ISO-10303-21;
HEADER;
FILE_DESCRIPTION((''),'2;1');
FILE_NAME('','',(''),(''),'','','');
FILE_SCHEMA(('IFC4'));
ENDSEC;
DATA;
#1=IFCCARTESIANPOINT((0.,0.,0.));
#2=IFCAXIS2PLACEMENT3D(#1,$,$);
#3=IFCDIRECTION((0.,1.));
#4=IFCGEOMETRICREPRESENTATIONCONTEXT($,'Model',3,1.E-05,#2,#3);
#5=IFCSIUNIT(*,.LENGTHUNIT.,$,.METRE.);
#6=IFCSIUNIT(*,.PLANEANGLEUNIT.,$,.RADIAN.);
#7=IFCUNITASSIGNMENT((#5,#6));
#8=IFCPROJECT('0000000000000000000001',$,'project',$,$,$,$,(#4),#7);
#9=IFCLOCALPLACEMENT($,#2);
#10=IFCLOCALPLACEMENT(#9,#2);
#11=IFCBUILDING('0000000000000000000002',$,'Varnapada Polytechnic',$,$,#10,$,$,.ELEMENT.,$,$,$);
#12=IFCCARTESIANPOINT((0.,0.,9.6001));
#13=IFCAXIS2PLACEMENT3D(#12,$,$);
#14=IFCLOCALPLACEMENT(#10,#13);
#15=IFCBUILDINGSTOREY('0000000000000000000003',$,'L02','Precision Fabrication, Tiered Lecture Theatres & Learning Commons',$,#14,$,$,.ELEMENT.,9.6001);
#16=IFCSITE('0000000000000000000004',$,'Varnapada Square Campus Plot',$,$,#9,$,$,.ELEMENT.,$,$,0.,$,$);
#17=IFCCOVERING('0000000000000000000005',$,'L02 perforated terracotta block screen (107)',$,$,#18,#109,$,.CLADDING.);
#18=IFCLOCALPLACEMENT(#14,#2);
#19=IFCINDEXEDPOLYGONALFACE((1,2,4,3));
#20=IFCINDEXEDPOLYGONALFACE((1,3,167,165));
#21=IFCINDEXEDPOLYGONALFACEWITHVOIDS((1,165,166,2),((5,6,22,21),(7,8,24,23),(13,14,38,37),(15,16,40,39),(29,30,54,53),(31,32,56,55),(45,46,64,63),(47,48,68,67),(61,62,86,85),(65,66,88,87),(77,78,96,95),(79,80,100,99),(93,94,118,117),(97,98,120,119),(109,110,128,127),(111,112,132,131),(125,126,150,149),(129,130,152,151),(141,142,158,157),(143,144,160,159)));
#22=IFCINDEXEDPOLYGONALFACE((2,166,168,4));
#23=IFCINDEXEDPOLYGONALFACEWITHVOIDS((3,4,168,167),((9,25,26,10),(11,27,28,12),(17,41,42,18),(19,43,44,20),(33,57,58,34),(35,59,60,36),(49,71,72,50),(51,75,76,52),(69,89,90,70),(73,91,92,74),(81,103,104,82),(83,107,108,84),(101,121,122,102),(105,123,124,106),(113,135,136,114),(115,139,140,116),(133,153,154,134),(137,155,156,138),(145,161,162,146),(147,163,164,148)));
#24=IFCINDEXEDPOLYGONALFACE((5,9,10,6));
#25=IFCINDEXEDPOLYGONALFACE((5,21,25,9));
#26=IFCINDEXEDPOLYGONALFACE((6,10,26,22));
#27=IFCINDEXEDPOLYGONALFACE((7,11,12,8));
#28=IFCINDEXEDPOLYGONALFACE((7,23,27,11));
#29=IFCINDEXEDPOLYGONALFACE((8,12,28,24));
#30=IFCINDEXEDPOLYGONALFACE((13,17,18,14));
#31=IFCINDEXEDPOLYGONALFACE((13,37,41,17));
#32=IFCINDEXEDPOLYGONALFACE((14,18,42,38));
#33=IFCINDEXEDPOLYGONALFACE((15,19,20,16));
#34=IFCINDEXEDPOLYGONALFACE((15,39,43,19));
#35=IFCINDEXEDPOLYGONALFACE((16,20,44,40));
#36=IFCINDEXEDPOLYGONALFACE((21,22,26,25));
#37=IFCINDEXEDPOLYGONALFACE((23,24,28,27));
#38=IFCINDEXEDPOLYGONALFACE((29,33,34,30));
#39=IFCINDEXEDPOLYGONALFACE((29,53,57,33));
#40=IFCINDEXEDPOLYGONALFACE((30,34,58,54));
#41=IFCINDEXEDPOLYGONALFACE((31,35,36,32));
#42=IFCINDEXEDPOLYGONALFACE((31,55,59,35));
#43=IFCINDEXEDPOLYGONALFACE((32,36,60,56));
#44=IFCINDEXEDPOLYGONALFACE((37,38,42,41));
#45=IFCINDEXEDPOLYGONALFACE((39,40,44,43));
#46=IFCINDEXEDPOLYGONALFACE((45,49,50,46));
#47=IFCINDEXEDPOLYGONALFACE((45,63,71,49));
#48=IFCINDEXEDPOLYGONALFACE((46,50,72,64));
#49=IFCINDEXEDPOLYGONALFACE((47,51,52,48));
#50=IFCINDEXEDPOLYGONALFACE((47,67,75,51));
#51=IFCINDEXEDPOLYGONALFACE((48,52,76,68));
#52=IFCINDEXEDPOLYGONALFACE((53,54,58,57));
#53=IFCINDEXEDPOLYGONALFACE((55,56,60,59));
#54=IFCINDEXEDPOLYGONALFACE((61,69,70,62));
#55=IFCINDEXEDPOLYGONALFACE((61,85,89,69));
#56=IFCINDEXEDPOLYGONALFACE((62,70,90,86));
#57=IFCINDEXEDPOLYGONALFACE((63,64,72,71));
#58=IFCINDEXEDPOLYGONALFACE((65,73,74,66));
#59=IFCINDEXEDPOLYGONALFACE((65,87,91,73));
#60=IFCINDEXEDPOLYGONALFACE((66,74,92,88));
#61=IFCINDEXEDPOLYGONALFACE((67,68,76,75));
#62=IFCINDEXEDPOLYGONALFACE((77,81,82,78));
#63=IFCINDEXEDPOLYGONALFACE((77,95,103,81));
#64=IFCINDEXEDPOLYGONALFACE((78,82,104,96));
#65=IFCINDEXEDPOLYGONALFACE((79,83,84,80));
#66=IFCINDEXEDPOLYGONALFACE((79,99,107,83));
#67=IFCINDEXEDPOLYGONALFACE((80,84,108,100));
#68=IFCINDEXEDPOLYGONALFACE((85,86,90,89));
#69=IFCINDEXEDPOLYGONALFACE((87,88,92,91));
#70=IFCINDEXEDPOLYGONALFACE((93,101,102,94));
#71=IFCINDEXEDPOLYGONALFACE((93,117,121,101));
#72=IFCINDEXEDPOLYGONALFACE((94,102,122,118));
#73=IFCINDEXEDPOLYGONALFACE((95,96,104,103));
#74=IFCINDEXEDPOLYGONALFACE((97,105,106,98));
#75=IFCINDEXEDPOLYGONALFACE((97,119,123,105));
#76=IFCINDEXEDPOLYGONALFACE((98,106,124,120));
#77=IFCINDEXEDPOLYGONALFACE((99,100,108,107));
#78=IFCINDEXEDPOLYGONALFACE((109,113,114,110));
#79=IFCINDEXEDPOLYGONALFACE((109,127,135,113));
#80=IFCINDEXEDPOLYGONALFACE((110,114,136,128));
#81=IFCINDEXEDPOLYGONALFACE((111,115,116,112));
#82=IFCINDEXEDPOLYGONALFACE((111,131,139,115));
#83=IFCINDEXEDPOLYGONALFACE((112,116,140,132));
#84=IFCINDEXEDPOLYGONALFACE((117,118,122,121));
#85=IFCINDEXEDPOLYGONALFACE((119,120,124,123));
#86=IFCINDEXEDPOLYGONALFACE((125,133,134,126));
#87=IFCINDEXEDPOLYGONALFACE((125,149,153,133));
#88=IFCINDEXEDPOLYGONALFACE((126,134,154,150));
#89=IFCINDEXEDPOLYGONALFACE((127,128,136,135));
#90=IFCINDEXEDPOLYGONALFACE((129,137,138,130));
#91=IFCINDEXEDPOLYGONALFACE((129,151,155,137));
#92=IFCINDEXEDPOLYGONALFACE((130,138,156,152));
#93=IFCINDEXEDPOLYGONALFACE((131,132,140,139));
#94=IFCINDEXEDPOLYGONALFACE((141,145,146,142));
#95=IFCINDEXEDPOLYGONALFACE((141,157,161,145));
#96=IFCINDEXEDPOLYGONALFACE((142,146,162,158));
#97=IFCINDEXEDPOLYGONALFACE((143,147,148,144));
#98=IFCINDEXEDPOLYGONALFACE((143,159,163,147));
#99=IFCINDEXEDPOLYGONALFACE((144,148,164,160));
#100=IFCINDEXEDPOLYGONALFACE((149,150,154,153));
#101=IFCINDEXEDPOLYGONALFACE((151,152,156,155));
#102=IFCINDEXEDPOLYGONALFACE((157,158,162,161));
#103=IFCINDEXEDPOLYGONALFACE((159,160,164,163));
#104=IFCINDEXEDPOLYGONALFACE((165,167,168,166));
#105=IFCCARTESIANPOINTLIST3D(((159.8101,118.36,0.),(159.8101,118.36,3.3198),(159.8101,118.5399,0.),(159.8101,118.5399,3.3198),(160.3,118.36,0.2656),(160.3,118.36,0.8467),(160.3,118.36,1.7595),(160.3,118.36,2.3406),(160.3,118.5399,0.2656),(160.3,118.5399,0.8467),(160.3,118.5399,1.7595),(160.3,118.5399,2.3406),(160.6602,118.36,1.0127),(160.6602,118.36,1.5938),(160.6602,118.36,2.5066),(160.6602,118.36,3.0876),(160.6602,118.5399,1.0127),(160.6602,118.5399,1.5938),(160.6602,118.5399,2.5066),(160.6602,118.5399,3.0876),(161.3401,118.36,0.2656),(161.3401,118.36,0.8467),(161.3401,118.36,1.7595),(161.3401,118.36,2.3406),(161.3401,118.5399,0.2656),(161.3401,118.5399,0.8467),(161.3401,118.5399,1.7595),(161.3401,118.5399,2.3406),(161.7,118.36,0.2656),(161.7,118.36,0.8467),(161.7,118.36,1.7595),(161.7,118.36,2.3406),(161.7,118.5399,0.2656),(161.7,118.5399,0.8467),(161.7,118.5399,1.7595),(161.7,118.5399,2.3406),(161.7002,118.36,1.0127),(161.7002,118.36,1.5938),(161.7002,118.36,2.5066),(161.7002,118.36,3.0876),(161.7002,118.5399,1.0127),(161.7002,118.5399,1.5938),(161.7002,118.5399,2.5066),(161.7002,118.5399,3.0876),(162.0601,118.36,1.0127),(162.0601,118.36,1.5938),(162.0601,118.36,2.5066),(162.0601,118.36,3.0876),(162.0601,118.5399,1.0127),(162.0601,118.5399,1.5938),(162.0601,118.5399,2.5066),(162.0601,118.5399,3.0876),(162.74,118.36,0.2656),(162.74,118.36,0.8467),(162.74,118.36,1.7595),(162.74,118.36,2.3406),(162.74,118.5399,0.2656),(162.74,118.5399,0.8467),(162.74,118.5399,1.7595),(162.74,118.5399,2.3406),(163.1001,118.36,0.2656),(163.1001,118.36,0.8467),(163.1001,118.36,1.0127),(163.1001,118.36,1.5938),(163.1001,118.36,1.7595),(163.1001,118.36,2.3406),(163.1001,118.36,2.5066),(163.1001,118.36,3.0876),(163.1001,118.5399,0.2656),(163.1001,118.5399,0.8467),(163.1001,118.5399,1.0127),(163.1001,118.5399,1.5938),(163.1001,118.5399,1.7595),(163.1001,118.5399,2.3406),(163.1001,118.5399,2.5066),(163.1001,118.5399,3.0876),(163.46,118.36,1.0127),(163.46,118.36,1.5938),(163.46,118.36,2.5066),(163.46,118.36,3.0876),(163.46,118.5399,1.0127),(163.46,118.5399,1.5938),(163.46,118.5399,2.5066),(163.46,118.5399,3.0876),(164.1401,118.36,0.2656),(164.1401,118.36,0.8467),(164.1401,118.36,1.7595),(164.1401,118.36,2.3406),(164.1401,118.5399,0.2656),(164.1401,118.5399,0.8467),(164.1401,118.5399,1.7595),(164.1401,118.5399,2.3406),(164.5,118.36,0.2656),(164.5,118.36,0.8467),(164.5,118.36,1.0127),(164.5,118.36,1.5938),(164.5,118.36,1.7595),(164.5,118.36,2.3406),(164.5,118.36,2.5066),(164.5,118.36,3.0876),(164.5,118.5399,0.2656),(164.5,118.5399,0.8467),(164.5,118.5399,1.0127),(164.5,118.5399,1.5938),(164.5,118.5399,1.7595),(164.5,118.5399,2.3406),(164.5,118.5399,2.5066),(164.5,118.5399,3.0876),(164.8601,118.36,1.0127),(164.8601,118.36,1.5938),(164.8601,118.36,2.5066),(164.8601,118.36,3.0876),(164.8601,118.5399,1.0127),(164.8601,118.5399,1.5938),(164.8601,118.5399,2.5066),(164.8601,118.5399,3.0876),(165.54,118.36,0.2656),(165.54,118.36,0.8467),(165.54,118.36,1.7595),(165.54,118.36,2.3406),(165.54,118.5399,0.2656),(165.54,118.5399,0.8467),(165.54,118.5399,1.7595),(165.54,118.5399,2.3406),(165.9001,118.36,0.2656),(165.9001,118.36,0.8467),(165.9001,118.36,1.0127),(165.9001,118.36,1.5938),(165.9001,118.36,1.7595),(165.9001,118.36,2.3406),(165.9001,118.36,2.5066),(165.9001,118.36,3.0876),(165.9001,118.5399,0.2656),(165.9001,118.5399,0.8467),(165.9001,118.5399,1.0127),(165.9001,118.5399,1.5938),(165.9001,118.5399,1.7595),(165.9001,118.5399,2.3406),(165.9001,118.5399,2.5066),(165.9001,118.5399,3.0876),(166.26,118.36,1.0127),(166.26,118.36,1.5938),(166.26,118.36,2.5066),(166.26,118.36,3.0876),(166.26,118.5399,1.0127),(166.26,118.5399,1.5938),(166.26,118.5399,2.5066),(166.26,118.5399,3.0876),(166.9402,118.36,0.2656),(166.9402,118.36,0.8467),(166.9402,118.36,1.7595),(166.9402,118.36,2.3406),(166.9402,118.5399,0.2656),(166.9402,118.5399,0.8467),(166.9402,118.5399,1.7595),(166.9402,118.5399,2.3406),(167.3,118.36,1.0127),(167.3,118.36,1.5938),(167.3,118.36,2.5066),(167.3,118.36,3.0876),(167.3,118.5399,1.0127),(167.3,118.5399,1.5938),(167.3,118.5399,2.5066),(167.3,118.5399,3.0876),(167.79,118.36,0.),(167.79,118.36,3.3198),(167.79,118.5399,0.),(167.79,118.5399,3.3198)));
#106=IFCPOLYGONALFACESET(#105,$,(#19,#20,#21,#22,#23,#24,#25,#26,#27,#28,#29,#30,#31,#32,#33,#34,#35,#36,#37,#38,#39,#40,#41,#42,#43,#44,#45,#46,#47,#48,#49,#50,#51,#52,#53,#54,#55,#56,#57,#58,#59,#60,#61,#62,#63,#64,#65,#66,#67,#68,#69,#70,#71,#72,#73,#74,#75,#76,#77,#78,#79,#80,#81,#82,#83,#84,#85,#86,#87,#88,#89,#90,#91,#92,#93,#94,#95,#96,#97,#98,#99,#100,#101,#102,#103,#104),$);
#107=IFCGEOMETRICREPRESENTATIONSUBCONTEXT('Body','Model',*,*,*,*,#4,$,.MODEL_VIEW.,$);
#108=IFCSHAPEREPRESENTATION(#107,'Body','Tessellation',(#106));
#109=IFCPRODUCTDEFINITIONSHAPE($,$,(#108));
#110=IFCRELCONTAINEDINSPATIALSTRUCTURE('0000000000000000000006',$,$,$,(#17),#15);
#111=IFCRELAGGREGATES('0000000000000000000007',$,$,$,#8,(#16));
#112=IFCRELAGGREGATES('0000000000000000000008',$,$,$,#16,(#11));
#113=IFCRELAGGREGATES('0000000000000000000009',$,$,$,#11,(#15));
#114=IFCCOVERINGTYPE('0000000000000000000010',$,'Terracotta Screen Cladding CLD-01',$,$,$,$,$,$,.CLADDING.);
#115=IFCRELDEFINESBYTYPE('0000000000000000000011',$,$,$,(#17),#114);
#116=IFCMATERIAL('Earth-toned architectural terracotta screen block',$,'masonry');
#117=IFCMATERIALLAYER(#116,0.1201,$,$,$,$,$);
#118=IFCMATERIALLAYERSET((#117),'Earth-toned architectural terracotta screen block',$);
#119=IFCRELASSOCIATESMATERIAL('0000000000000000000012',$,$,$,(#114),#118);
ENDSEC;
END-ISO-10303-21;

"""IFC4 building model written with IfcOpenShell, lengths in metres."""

from ifc_helpers import new_model, si_unit, direction, frame, frame_2d, origin, place, context, subcontext, project, spatial, rectangle, extrude, material, layer, layer_set, type_object, element, save


model = new_model("IFC4")

# Units and contexts
model_context = context("Model", 3, precision=1e-05, world=origin(), true_north=direction((0.0, 1.0)))
body_context = subcontext(model_context, "Body", "Model", "MODEL_VIEW")
ifc_project = project(units=[si_unit("LENGTHUNIT", "METRE"), si_unit("PLANEANGLEUNIT", "RADIAN")], contexts=[model_context])

# Site, building, storey
site_placement = place(None, origin())
site = spatial("IfcSite", under=ifc_project, at=site_placement, Name="Varnapada Square Campus Plot", CompositionType="ELEMENT", RefElevation=0.0)
building_placement = place(site_placement, origin())
building = spatial("IfcBuilding", under=site, at=building_placement, Name="Varnapada Polytechnic", CompositionType="ELEMENT")
storey_placement = place(building_placement, frame((0.0, 0.0, 9.6001)))
storey = spatial("IfcBuildingStorey", under=building, at=storey_placement, Name="L02", Description="Precision Fabrication, Tiered Lecture Theatres & Learning Commons", CompositionType="ELEMENT", Elevation=9.6001)

# Covering, openings
ifc_material_1 = material(Name="Earth-toned architectural terracotta screen block", Category="masonry")
ifc_layer_1 = layer(ifc_material_1, 0.1201)
ifc_layer_set_1 = layer_set([ifc_layer_1], Name="Earth-toned architectural terracotta screen block")
covering_type = type_object("IfcCoveringType", Name="Terracotta Screen Cladding CLD-01", PredefinedType="CLADDING", material=ifc_layer_set_1)
covering_placement = place(storey_placement, frame((159.8101, 118.45, 0.0), z_axis=(0.0, 0.0, 1.0), x_axis=(1.0, 0.0, 0.0)))
covering = element("IfcCovering", 1, at=covering_placement, inside=storey, type_object=covering_type, Name="L02 perforated terracotta block screen (107)", PredefinedType="CLADDING", context=body_context, shape_type="SweptSolid", body=[
    extrude(rectangle(XDim=7.98, YDim=0.1799, at=frame_2d((3.99, 0.0))), origin(), (0.0, 0.0, 1.0), 3.3198),
])
opening_1_placement = place(covering_placement, frame((0.49, 0.0, 0.2656)))
element("IfcOpeningElement", 2, at=opening_1_placement, cuts=covering, PredefinedType="OPENING", context=body_context, shape_type="SweptSolid", body=[
    extrude(rectangle(XDim=1.04, YDim=0.5811, at=frame_2d((0.52, 0.2905))), frame((0.0, 0.0999, 0.0), z_axis=(0.0, -1.0, 0.0), x_axis=(1.0, 0.0, 0.0)), (0.0, 0.0, 1.0), 0.2),
])
opening_2_placement = place(covering_placement, frame((1.8899, 0.0, 0.2656)))
element("IfcOpeningElement", 3, at=opening_2_placement, cuts=covering, PredefinedType="OPENING", context=body_context, shape_type="SweptSolid", body=[
    extrude(rectangle(XDim=1.04, YDim=0.5811, at=frame_2d((0.52, 0.2905))), frame((0.0, 0.0999, 0.0), z_axis=(0.0, -1.0, 0.0), x_axis=(1.0, 0.0, 0.0)), (0.0, 0.0, 1.0), 0.2),
])
opening_3_placement = place(covering_placement, frame((3.29, 0.0, 0.2656)))
element("IfcOpeningElement", 4, at=opening_3_placement, cuts=covering, PredefinedType="OPENING", context=body_context, shape_type="SweptSolid", body=[
    extrude(rectangle(XDim=1.04, YDim=0.5811, at=frame_2d((0.52, 0.2905))), frame((0.0, 0.0999, 0.0), z_axis=(0.0, -1.0, 0.0), x_axis=(1.0, 0.0, 0.0)), (0.0, 0.0, 1.0), 0.2),
])
opening_4_placement = place(covering_placement, frame((4.6899, 0.0, 0.2656)))
element("IfcOpeningElement", 5, at=opening_4_placement, cuts=covering, PredefinedType="OPENING", context=body_context, shape_type="SweptSolid", body=[
    extrude(rectangle(XDim=1.04, YDim=0.5811, at=frame_2d((0.52, 0.2905))), frame((0.0, 0.0999, 0.0), z_axis=(0.0, -1.0, 0.0), x_axis=(1.0, 0.0, 0.0)), (0.0, 0.0, 1.0), 0.2),
])
opening_5_placement = place(covering_placement, frame((6.0901, 0.0, 0.2656)))
element("IfcOpeningElement", 6, at=opening_5_placement, cuts=covering, PredefinedType="OPENING", context=body_context, shape_type="SweptSolid", body=[
    extrude(rectangle(XDim=1.04, YDim=0.5811, at=frame_2d((0.52, 0.2905))), frame((0.0, 0.0999, 0.0), z_axis=(0.0, -1.0, 0.0), x_axis=(1.0, 0.0, 0.0)), (0.0, 0.0, 1.0), 0.2),
])
opening_6_placement = place(covering_placement, frame((0.8501, 0.0, 1.0127)))
element("IfcOpeningElement", 7, at=opening_6_placement, cuts=covering, PredefinedType="OPENING", context=body_context, shape_type="SweptSolid", body=[
    extrude(rectangle(XDim=1.04, YDim=0.5811, at=frame_2d((0.52, 0.2905))), frame((0.0, 0.0999, 0.0), z_axis=(0.0, -1.0, 0.0), x_axis=(1.0, 0.0, 0.0)), (0.0, 0.0, 1.0), 0.2),
])
opening_7_placement = place(covering_placement, frame((2.25, 0.0, 1.0127)))
element("IfcOpeningElement", 8, at=opening_7_placement, cuts=covering, PredefinedType="OPENING", context=body_context, shape_type="SweptSolid", body=[
    extrude(rectangle(XDim=1.04, YDim=0.5811, at=frame_2d((0.52, 0.2905))), frame((0.0, 0.0999, 0.0), z_axis=(0.0, -1.0, 0.0), x_axis=(1.0, 0.0, 0.0)), (0.0, 0.0, 1.0), 0.2),
])
opening_8_placement = place(covering_placement, frame((3.6499, 0.0, 1.0127)))
element("IfcOpeningElement", 9, at=opening_8_placement, cuts=covering, PredefinedType="OPENING", context=body_context, shape_type="SweptSolid", body=[
    extrude(rectangle(XDim=1.04, YDim=0.5811, at=frame_2d((0.52, 0.2905))), frame((0.0, 0.0999, 0.0), z_axis=(0.0, -1.0, 0.0), x_axis=(1.0, 0.0, 0.0)), (0.0, 0.0, 1.0), 0.2),
])
opening_9_placement = place(covering_placement, frame((5.05, 0.0, 1.0127)))
element("IfcOpeningElement", 10, at=opening_9_placement, cuts=covering, PredefinedType="OPENING", context=body_context, shape_type="SweptSolid", body=[
    extrude(rectangle(XDim=1.04, YDim=0.5811, at=frame_2d((0.52, 0.2905))), frame((0.0, 0.0999, 0.0), z_axis=(0.0, -1.0, 0.0), x_axis=(1.0, 0.0, 0.0)), (0.0, 0.0, 1.0), 0.2),
])
opening_10_placement = place(covering_placement, frame((6.45, 0.0, 1.0127)))
element("IfcOpeningElement", 11, at=opening_10_placement, cuts=covering, PredefinedType="OPENING", context=body_context, shape_type="SweptSolid", body=[
    extrude(rectangle(XDim=1.04, YDim=0.5811, at=frame_2d((0.52, 0.2905))), frame((0.0, 0.0999, 0.0), z_axis=(0.0, -1.0, 0.0), x_axis=(1.0, 0.0, 0.0)), (0.0, 0.0, 1.0), 0.2),
])
opening_11_placement = place(covering_placement, frame((0.49, 0.0, 1.7595)))
element("IfcOpeningElement", 12, at=opening_11_placement, cuts=covering, PredefinedType="OPENING", context=body_context, shape_type="SweptSolid", body=[
    extrude(rectangle(XDim=1.04, YDim=0.5811, at=frame_2d((0.52, 0.2905))), frame((0.0, 0.0999, 0.0), z_axis=(0.0, -1.0, 0.0), x_axis=(1.0, 0.0, 0.0)), (0.0, 0.0, 1.0), 0.2),
])
opening_12_placement = place(covering_placement, frame((1.8899, 0.0, 1.7595)))
element("IfcOpeningElement", 13, at=opening_12_placement, cuts=covering, PredefinedType="OPENING", context=body_context, shape_type="SweptSolid", body=[
    extrude(rectangle(XDim=1.04, YDim=0.5811, at=frame_2d((0.52, 0.2905))), frame((0.0, 0.0999, 0.0), z_axis=(0.0, -1.0, 0.0), x_axis=(1.0, 0.0, 0.0)), (0.0, 0.0, 1.0), 0.2),
])
opening_13_placement = place(covering_placement, frame((3.29, 0.0, 1.7595)))
element("IfcOpeningElement", 14, at=opening_13_placement, cuts=covering, PredefinedType="OPENING", context=body_context, shape_type="SweptSolid", body=[
    extrude(rectangle(XDim=1.04, YDim=0.5811, at=frame_2d((0.52, 0.2905))), frame((0.0, 0.0999, 0.0), z_axis=(0.0, -1.0, 0.0), x_axis=(1.0, 0.0, 0.0)), (0.0, 0.0, 1.0), 0.2),
])
opening_14_placement = place(covering_placement, frame((4.6899, 0.0, 1.7595)))
element("IfcOpeningElement", 15, at=opening_14_placement, cuts=covering, PredefinedType="OPENING", context=body_context, shape_type="SweptSolid", body=[
    extrude(rectangle(XDim=1.04, YDim=0.5811, at=frame_2d((0.52, 0.2905))), frame((0.0, 0.0999, 0.0), z_axis=(0.0, -1.0, 0.0), x_axis=(1.0, 0.0, 0.0)), (0.0, 0.0, 1.0), 0.2),
])
opening_15_placement = place(covering_placement, frame((6.0901, 0.0, 1.7595)))
element("IfcOpeningElement", 16, at=opening_15_placement, cuts=covering, PredefinedType="OPENING", context=body_context, shape_type="SweptSolid", body=[
    extrude(rectangle(XDim=1.04, YDim=0.5811, at=frame_2d((0.52, 0.2905))), frame((0.0, 0.0999, 0.0), z_axis=(0.0, -1.0, 0.0), x_axis=(1.0, 0.0, 0.0)), (0.0, 0.0, 1.0), 0.2),
])
opening_16_placement = place(covering_placement, frame((0.8501, 0.0, 2.5066)))
element("IfcOpeningElement", 17, at=opening_16_placement, cuts=covering, PredefinedType="OPENING", context=body_context, shape_type="SweptSolid", body=[
    extrude(rectangle(XDim=1.04, YDim=0.5811, at=frame_2d((0.52, 0.2905))), frame((0.0, 0.0999, 0.0), z_axis=(0.0, -1.0, 0.0), x_axis=(1.0, 0.0, 0.0)), (0.0, 0.0, 1.0), 0.2),
])
opening_17_placement = place(covering_placement, frame((2.25, 0.0, 2.5066)))
element("IfcOpeningElement", 18, at=opening_17_placement, cuts=covering, PredefinedType="OPENING", context=body_context, shape_type="SweptSolid", body=[
    extrude(rectangle(XDim=1.04, YDim=0.5811, at=frame_2d((0.52, 0.2905))), frame((0.0, 0.0999, 0.0), z_axis=(0.0, -1.0, 0.0), x_axis=(1.0, 0.0, 0.0)), (0.0, 0.0, 1.0), 0.2),
])
opening_18_placement = place(covering_placement, frame((3.6499, 0.0, 2.5066)))
element("IfcOpeningElement", 19, at=opening_18_placement, cuts=covering, PredefinedType="OPENING", context=body_context, shape_type="SweptSolid", body=[
    extrude(rectangle(XDim=1.04, YDim=0.5811, at=frame_2d((0.52, 0.2905))), frame((0.0, 0.0999, 0.0), z_axis=(0.0, -1.0, 0.0), x_axis=(1.0, 0.0, 0.0)), (0.0, 0.0, 1.0), 0.2),
])
opening_19_placement = place(covering_placement, frame((5.05, 0.0, 2.5066)))
element("IfcOpeningElement", 20, at=opening_19_placement, cuts=covering, PredefinedType="OPENING", context=body_context, shape_type="SweptSolid", body=[
    extrude(rectangle(XDim=1.04, YDim=0.5811, at=frame_2d((0.52, 0.2905))), frame((0.0, 0.0999, 0.0), z_axis=(0.0, -1.0, 0.0), x_axis=(1.0, 0.0, 0.0)), (0.0, 0.0, 1.0), 0.2),
])
opening_20_placement = place(covering_placement, frame((6.45, 0.0, 2.5066)))
element("IfcOpeningElement", 21, at=opening_20_placement, cuts=covering, PredefinedType="OPENING", context=body_context, shape_type="SweptSolid", body=[
    extrude(rectangle(XDim=1.04, YDim=0.5811, at=frame_2d((0.52, 0.2905))), frame((0.0, 0.0999, 0.0), z_axis=(0.0, -1.0, 0.0), x_axis=(1.0, 0.0, 0.0)), (0.0, 0.0, 1.0), 0.2),
])

save(model, "model.ifc")
